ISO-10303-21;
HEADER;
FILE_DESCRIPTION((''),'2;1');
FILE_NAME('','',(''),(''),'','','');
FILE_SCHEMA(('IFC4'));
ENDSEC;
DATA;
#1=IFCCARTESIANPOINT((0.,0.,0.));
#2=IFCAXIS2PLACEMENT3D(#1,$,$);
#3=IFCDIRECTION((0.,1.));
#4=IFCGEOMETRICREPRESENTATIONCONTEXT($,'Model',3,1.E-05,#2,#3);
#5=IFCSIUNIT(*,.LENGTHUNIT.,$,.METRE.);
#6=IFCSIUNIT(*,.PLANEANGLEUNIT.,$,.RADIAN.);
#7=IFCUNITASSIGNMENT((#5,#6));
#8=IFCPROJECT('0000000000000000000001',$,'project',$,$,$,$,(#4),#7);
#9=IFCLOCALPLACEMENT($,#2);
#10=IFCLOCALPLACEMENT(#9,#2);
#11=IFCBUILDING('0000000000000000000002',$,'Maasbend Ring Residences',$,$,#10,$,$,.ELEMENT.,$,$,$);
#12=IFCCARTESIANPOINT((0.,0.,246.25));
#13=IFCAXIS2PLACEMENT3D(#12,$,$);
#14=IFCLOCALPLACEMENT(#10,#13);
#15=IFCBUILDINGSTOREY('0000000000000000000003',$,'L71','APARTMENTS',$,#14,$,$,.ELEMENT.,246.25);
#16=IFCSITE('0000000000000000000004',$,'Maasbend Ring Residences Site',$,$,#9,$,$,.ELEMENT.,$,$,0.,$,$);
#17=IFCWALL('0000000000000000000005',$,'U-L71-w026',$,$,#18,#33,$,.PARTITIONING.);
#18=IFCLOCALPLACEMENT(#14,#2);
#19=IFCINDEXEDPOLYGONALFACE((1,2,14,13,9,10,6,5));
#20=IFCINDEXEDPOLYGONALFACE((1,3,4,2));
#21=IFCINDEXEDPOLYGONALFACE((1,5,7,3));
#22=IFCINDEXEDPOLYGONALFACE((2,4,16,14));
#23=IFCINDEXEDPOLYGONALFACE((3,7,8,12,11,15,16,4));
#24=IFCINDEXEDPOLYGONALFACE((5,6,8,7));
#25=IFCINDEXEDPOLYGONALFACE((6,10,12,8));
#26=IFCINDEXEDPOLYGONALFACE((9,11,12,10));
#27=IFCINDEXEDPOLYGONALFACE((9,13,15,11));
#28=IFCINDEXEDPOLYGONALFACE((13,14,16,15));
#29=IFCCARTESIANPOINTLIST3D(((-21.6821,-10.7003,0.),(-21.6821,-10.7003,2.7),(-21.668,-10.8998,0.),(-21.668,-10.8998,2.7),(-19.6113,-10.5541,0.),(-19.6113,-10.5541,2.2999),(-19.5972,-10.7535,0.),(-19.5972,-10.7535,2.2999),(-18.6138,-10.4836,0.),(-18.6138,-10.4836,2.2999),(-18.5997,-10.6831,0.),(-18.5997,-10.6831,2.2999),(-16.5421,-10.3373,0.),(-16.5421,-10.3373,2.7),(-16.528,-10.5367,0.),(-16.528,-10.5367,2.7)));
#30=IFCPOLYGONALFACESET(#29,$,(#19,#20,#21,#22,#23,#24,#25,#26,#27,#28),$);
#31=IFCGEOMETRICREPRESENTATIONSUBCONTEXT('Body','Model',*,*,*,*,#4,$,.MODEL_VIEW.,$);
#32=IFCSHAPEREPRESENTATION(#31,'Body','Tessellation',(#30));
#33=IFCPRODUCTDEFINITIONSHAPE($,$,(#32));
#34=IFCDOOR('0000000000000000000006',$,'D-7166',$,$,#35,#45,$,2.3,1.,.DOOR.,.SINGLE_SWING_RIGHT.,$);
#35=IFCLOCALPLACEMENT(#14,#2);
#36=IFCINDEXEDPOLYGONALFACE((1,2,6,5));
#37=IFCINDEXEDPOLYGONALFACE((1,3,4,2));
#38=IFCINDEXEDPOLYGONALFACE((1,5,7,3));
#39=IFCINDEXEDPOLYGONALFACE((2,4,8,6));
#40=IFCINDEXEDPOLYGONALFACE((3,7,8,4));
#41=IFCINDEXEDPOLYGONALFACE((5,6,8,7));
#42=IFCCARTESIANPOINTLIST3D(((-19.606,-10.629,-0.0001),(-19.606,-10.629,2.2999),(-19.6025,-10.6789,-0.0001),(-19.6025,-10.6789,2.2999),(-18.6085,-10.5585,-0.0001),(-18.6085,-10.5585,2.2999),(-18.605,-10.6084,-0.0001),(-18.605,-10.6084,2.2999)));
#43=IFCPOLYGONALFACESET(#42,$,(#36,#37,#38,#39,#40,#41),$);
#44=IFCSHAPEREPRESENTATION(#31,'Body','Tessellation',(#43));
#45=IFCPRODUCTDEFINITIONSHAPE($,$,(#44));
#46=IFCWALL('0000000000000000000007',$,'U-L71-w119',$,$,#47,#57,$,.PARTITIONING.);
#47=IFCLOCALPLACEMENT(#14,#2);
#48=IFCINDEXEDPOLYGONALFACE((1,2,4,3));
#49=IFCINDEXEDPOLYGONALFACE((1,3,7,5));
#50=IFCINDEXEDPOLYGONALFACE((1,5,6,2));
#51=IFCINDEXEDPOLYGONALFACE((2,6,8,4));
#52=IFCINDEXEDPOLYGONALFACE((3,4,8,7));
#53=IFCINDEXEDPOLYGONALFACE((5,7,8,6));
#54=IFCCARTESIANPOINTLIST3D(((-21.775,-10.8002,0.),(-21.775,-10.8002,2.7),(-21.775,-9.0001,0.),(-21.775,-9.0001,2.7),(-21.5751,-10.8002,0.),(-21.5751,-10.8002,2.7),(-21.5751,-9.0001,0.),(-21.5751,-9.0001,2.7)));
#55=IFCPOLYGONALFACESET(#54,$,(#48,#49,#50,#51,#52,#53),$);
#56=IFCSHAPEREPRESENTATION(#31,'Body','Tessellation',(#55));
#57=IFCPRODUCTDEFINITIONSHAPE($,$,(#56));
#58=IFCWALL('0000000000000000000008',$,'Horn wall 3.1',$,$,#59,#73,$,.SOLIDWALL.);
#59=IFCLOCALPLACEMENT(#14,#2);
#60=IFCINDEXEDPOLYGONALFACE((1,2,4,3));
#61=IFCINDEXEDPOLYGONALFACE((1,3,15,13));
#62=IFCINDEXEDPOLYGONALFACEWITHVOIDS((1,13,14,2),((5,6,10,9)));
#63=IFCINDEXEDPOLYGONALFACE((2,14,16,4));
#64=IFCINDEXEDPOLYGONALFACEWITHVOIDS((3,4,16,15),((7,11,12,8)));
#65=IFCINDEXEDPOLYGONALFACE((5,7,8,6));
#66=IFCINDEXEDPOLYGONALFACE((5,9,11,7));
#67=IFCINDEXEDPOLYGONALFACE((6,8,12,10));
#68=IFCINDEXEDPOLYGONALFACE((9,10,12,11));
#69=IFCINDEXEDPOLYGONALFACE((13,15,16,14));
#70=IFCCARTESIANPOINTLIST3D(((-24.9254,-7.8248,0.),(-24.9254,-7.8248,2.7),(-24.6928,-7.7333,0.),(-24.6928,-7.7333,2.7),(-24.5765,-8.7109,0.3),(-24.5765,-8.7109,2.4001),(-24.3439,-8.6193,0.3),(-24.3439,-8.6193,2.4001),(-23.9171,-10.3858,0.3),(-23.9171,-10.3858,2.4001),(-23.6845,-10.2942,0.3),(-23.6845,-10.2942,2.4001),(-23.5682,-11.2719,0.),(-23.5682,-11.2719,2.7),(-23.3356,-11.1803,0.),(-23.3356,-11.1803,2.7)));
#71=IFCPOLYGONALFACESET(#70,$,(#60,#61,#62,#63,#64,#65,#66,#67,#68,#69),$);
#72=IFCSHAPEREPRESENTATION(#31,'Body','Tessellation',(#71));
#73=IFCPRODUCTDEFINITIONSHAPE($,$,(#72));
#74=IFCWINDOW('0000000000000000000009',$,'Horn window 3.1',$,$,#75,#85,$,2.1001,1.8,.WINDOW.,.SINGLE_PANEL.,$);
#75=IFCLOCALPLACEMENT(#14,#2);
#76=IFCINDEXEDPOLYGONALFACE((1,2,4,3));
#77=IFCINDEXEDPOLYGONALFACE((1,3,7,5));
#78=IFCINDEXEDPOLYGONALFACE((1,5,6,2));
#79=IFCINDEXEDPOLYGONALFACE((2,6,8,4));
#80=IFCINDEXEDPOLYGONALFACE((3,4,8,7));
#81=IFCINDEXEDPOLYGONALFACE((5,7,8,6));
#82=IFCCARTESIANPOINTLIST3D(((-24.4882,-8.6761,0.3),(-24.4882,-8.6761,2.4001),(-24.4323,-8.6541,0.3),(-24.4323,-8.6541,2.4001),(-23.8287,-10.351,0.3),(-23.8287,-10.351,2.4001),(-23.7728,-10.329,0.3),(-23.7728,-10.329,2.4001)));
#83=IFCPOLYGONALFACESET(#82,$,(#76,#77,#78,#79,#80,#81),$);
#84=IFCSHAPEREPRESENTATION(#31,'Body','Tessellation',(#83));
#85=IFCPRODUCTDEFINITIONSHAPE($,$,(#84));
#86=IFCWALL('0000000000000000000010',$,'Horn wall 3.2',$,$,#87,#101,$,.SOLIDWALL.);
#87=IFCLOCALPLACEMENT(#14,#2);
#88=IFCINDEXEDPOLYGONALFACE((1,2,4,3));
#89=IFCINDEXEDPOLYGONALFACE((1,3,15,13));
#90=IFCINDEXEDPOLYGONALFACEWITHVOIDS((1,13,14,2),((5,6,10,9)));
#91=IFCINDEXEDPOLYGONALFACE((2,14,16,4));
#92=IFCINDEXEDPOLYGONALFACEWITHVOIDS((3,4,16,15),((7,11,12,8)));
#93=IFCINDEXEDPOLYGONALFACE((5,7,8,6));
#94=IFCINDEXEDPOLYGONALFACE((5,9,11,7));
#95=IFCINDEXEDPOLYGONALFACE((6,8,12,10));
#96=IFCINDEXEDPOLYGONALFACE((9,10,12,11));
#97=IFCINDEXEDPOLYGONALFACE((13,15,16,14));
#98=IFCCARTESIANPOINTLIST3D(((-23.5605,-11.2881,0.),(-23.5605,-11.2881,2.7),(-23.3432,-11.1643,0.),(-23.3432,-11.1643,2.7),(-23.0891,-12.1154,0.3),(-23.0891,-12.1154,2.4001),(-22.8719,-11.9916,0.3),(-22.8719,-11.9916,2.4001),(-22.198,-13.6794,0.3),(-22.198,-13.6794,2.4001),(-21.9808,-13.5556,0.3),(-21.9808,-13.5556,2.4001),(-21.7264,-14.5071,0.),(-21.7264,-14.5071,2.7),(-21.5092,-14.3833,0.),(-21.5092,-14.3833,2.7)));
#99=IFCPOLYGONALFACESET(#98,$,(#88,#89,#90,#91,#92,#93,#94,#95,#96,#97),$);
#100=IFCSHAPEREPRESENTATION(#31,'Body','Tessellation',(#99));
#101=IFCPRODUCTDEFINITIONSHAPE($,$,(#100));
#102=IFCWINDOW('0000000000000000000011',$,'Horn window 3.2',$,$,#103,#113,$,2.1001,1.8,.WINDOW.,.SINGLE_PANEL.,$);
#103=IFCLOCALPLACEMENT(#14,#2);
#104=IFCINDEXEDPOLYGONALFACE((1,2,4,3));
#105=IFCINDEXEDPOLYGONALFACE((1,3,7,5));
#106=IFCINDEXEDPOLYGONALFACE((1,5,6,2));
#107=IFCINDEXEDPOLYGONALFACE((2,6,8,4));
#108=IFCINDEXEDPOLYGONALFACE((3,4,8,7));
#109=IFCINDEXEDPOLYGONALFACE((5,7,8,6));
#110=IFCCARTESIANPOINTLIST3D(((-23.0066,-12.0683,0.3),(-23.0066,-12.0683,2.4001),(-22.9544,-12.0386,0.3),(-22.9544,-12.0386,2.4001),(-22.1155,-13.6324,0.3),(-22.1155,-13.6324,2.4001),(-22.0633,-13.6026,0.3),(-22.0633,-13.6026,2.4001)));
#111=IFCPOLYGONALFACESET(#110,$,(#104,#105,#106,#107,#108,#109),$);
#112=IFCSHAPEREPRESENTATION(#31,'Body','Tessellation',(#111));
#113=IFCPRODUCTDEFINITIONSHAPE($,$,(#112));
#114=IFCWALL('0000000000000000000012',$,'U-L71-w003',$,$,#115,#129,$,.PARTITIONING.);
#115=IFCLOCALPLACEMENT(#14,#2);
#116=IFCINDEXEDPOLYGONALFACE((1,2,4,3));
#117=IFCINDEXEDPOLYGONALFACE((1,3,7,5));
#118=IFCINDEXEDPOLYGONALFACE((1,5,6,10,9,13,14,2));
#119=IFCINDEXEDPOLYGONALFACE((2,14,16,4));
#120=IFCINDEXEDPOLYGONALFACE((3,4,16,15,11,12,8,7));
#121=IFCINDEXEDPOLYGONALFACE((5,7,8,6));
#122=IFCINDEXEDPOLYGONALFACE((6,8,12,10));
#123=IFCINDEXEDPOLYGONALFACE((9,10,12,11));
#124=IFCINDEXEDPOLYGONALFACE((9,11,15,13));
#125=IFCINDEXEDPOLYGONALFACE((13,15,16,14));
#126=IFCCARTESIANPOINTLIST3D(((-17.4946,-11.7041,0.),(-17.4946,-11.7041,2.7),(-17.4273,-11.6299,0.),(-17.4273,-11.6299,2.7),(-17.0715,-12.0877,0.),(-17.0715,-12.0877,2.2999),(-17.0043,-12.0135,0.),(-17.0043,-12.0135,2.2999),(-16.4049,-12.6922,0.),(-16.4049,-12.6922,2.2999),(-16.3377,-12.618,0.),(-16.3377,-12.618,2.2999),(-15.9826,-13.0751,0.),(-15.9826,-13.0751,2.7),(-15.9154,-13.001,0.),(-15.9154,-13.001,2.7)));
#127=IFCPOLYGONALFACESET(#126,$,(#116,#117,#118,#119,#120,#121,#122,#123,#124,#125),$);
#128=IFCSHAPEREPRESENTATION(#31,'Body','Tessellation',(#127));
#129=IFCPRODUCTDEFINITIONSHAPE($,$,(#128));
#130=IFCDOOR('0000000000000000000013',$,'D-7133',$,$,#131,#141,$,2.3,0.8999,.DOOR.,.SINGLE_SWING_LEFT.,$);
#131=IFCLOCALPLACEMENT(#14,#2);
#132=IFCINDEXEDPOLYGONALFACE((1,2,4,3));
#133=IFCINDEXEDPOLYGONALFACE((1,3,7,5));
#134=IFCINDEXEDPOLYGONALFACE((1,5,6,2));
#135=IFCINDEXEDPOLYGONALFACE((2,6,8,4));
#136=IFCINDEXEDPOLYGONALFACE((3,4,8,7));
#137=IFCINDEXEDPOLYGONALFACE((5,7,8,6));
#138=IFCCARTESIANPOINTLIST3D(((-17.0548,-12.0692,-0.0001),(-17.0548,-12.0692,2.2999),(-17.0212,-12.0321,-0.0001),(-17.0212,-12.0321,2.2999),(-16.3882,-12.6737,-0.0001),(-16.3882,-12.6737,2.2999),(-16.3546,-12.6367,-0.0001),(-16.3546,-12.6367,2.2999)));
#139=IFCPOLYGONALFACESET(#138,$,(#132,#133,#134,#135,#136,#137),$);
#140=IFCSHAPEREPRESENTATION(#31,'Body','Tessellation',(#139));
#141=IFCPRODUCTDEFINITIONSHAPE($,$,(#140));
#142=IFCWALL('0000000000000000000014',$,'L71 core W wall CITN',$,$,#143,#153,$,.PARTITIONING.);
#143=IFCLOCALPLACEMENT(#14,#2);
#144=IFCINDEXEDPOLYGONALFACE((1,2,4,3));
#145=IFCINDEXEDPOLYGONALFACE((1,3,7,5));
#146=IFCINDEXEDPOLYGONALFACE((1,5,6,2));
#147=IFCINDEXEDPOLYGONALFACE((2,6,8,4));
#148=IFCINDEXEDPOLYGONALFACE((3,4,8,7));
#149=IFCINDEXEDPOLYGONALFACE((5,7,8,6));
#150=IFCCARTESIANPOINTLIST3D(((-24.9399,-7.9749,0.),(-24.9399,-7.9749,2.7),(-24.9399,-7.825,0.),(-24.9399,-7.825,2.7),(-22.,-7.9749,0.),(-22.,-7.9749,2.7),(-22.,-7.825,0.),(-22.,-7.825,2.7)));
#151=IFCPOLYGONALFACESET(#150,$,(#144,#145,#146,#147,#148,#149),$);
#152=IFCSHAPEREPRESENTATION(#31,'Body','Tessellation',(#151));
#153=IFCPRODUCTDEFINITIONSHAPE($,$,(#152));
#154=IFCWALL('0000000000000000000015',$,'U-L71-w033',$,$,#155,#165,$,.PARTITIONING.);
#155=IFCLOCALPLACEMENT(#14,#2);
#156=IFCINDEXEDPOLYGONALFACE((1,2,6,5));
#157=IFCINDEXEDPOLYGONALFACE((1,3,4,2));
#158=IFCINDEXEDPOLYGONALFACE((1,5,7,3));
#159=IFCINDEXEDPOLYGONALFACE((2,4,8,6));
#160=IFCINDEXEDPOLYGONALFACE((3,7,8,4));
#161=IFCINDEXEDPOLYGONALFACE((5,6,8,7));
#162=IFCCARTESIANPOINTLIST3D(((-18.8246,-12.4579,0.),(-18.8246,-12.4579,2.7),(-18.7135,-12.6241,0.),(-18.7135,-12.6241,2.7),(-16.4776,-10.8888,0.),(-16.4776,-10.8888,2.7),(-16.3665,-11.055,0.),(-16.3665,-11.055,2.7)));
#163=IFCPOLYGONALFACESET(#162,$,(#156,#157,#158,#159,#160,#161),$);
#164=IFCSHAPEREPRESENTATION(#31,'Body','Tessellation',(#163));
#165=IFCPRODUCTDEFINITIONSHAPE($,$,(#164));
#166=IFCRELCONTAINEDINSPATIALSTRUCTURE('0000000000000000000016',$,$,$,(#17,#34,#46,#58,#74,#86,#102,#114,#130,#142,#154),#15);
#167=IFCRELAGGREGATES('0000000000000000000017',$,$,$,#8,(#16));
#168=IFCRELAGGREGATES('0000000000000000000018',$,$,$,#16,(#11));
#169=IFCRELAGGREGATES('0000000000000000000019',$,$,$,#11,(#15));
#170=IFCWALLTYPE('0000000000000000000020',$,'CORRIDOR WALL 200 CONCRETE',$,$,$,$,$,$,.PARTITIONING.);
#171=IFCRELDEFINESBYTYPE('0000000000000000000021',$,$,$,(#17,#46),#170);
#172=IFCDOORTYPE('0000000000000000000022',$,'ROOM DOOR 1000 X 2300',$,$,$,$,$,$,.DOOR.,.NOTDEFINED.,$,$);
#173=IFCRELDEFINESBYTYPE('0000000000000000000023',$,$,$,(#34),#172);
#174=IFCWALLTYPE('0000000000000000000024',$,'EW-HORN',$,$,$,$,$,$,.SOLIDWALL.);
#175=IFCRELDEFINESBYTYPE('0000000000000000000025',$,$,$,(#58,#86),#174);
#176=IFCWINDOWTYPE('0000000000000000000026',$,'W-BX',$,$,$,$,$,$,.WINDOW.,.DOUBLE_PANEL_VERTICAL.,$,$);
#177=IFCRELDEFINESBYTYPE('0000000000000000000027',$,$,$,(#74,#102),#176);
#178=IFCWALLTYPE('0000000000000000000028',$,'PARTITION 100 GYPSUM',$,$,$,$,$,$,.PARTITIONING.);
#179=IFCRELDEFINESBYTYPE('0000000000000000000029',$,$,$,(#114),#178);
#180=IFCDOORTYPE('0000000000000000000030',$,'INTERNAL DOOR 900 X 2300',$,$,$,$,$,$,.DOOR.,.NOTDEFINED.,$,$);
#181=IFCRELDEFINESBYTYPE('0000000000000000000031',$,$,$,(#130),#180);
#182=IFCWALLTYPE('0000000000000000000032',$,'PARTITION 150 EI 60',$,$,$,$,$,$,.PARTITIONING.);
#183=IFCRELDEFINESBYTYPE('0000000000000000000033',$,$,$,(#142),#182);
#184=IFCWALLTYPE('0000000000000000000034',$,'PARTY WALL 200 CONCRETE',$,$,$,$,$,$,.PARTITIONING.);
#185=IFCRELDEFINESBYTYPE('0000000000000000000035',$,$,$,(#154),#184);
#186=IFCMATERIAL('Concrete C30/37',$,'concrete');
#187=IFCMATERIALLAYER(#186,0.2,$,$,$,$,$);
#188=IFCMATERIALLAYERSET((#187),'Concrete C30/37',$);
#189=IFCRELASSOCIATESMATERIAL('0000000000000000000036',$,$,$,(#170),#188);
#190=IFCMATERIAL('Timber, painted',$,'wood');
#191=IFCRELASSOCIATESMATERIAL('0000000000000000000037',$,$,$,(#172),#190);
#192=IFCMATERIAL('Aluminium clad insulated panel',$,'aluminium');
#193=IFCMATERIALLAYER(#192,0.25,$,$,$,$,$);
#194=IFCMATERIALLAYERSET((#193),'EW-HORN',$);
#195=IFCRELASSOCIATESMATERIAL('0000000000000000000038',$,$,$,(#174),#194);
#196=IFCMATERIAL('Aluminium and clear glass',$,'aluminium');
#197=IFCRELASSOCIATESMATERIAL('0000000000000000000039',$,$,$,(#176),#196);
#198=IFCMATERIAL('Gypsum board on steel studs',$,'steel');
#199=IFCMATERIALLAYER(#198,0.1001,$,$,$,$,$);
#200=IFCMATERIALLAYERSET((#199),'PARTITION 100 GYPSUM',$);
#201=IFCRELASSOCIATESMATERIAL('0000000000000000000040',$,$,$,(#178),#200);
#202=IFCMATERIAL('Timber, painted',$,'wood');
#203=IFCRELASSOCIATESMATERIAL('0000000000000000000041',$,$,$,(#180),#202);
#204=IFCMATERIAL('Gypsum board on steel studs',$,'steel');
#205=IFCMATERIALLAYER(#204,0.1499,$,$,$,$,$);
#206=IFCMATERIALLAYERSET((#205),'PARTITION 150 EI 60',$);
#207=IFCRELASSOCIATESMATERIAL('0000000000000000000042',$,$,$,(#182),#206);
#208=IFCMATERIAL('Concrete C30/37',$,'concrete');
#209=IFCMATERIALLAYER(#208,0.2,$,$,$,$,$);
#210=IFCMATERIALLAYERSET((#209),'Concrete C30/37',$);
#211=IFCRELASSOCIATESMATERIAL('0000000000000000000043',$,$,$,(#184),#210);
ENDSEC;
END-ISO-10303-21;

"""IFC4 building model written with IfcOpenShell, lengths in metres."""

from ifc_helpers import new_model, si_unit, direction, frame, frame_2d, origin, place, context, subcontext, project, spatial, rectangle, extrude, material, layer, layer_set, type_object, element, fill, save


model = new_model("IFC4")

# Units and contexts
model_context = context("Model", 3, precision=1e-05, world=origin(), true_north=direction((0.0, 1.0)))
body_context = subcontext(model_context, "Body", "Model", "MODEL_VIEW")
ifc_project = project(units=[si_unit("LENGTHUNIT", "METRE"), si_unit("PLANEANGLEUNIT", "RADIAN")], contexts=[model_context])

# Site, building, storey
site_placement = place(None, origin())
site = spatial("IfcSite", under=ifc_project, at=site_placement, Name="Maasbend Ring Residences Site", CompositionType="ELEMENT", RefElevation=0.0)
building_placement = place(site_placement, origin())
building = spatial("IfcBuilding", under=site, at=building_placement, Name="Maasbend Ring Residences", CompositionType="ELEMENT")
storey_placement = place(building_placement, frame((0.0, 0.0, 246.25)))
storey = spatial("IfcBuildingStorey", under=building, at=storey_placement, Name="L71", Description="APARTMENTS", CompositionType="ELEMENT", Elevation=246.25)

# Shared definitions
ifc_material_1 = material(Name="Concrete C30/37", Category="concrete")
ifc_layer_1 = layer(ifc_material_1, 0.2)
ifc_layer_set_1 = layer_set([ifc_layer_1], Name="Concrete C30/37")
wall_type_1 = type_object("IfcWallType", Name="CORRIDOR WALL 200 CONCRETE", PredefinedType="PARTITIONING", material=ifc_layer_set_1)

# Wall, opening, door
wall_1_placement = place(storey_placement, frame((-21.675, -10.8, 0.0), z_axis=(0.0, 0.0, 1.0), x_axis=(0.997515, 0.070452, 0.0)))
wall_1 = element("IfcWall", 1, at=wall_1_placement, inside=storey, type_object=wall_type_1, Name="U-L71-w026", PredefinedType="PARTITIONING", context=body_context, shape_type="SweptSolid", body=[
    extrude(rectangle(XDim=5.1528, YDim=0.2, at=frame_2d((2.5764, 0.0))), origin(), (0.0, 0.0, 1.0), 2.7),
])
opening_1_placement = place(wall_1_placement, frame((2.0759, 0.0, 0.0)))
opening_1 = element("IfcOpeningElement", 2, at=opening_1_placement, cuts=wall_1, PredefinedType="OPENING", context=body_context, shape_type="SweptSolid", body=[
    extrude(rectangle(XDim=1.0, YDim=2.3, at=frame_2d((0.5, 1.1499))), frame((0.0, 0.1099, 0.0), z_axis=(0.0, -1.0, 0.0), x_axis=(1.0, 0.0, 0.0)), (0.0, 0.0, 1.0), 0.22),
])
ifc_material_2 = material(Name="Timber, painted", Category="wood")
door_type_1 = type_object("IfcDoorType", Name="ROOM DOOR 1000 X 2300", OperationType="NOTDEFINED", PredefinedType="DOOR", material=ifc_material_2)
door_1_placement = place(opening_1_placement, origin())
door_1 = element("IfcDoor", 3, at=door_1_placement, inside=storey, type_object=door_type_1, Name="D-7166", OperationType="SINGLE_SWING_RIGHT", OverallHeight=2.3, OverallWidth=1.0, PredefinedType="DOOR", context=body_context, shape_type="SweptSolid", body=[
    extrude(rectangle(XDim=1.0, YDim=2.3, at=frame_2d((0.5, 1.1499))), frame((0.0, 0.0249, 0.0), z_axis=(0.0, -1.0, 0.0), x_axis=(1.0, 0.0, 0.0)), (0.0, 0.0, 1.0), 0.05),
])
fill(opening_1, door_1)

# Wall
wall_2_placement = place(storey_placement, frame((-21.675, -10.8, 0.0), z_axis=(0.0, 0.0, 1.0), x_axis=(0.0, 1.0, 0.0)))
element("IfcWall", 4, at=wall_2_placement, inside=storey, type_object=wall_type_1, Name="U-L71-w119", PredefinedType="PARTITIONING", context=body_context, shape_type="SweptSolid", body=[
    extrude(rectangle(XDim=1.8, YDim=0.2, at=frame_2d((0.8999, 0.0))), origin(), (0.0, 0.0, 1.0), 2.7),
])

# Walls, openings, windows
ifc_material_3 = material(Name="Aluminium clad insulated panel", Category="aluminium")
ifc_layer_2 = layer(ifc_material_3, 0.25)
ifc_layer_set_2 = layer_set([ifc_layer_2], Name="EW-HORN")
wall_type_2 = type_object("IfcWallType", Name="EW-HORN", PredefinedType="SOLIDWALL", material=ifc_layer_set_2)
wall_3_placement = place(storey_placement, frame((-24.8091, -7.7791, 0.0), z_axis=(0.0, 0.0, 1.0), x_axis=(0.366352, -0.930476, 0.0)))
wall_3 = element("IfcWall", 5, at=wall_3_placement, inside=storey, type_object=wall_type_2, Name="Horn wall 3.1", PredefinedType="SOLIDWALL", context=body_context, shape_type="SweptSolid", body=[
    extrude(rectangle(XDim=3.7046, YDim=0.25, at=frame_2d((1.8523, 0.0))), origin(), (0.0, 0.0, 1.0), 2.7),
])
opening_2_placement = place(wall_3_placement, frame((0.9524, 0.0, 0.3)))
opening_2 = element("IfcOpeningElement", 6, at=opening_2_placement, cuts=wall_3, PredefinedType="OPENING", context=body_context, shape_type="SweptSolid", body=[
    extrude(rectangle(XDim=1.8, YDim=2.1001, at=frame_2d((0.8999, 1.05))), frame((0.0, 0.135, 0.0), z_axis=(0.0, -1.0, 0.0), x_axis=(1.0, 0.0, 0.0)), (0.0, 0.0, 1.0), 0.27),
])
ifc_material_4 = material(Name="Aluminium and clear glass", Category="aluminium")
window_type = type_object("IfcWindowType", Name="W-BX", PartitioningType="DOUBLE_PANEL_VERTICAL", PredefinedType="WINDOW", material=ifc_material_4)
window_1_placement = place(opening_2_placement, origin())
window_1 = element("IfcWindow", 7, at=window_1_placement, inside=storey, type_object=window_type, Name="Horn window 3.1", OverallHeight=2.1001, OverallWidth=1.8, PartitioningType="SINGLE_PANEL", PredefinedType="WINDOW", context=body_context, shape_type="SweptSolid", body=[
    extrude(rectangle(XDim=1.8, YDim=2.1001, at=frame_2d((0.8999, 1.05))), frame((0.0, 0.03, 0.0), z_axis=(0.0, -1.0, 0.0), x_axis=(1.0, 0.0, 0.0)), (0.0, 0.0, 1.0), 0.0601),
])
fill(opening_2, window_1)
wall_4_placement = place(storey_placement, frame((-23.4519, -11.2261, 0.0), z_axis=(0.0, 0.0, 1.0), x_axis=(0.495031, -0.868875, 0.0)))
wall_4 = element("IfcWall", 8, at=wall_4_placement, inside=storey, type_object=wall_type_2, Name="Horn wall 3.2", PredefinedType="SOLIDWALL", context=body_context, shape_type="SweptSolid", body=[
    extrude(rectangle(XDim=3.7048, YDim=0.25, at=frame_2d((1.8525, 0.0))), origin(), (0.0, 0.0, 1.0), 2.7),
])
opening_3_placement = place(wall_4_placement, frame((0.9524, 0.0, 0.3)))
opening_3 = element("IfcOpeningElement", 9, at=opening_3_placement, cuts=wall_4, PredefinedType="OPENING", context=body_context, shape_type="SweptSolid", body=[
    extrude(rectangle(XDim=1.8, YDim=2.1001, at=frame_2d((0.8999, 1.05))), frame((0.0, 0.135, 0.0), z_axis=(0.0, -1.0, 0.0), x_axis=(1.0, 0.0, 0.0)), (0.0, 0.0, 1.0), 0.27),
])
window_2_placement = place(opening_3_placement, origin())
window_2 = element("IfcWindow", 10, at=window_2_placement, inside=storey, type_object=window_type, Name="Horn window 3.2", OverallHeight=2.1001, OverallWidth=1.8, PartitioningType="SINGLE_PANEL", PredefinedType="WINDOW", context=body_context, shape_type="SweptSolid", body=[
    extrude(rectangle(XDim=1.8, YDim=2.1001, at=frame_2d((0.8999, 1.05))), frame((0.0, 0.03, 0.0), z_axis=(0.0, -1.0, 0.0), x_axis=(1.0, 0.0, 0.0)), (0.0, 0.0, 1.0), 0.0601),
])
fill(opening_3, window_2)

# Wall, opening, door
ifc_material_5 = material(Name="Gypsum board on steel studs", Category="steel")
ifc_layer_3 = layer(ifc_material_5, 0.1001)
ifc_layer_set_3 = layer_set([ifc_layer_3], Name="PARTITION 100 GYPSUM")
wall_type_3 = type_object("IfcWallType", Name="PARTITION 100 GYPSUM", PredefinedType="PARTITIONING", material=ifc_layer_set_3)
wall_5_placement = place(storey_placement, frame((-17.4609, -11.667, 0.0), z_axis=(0.0, 0.0, 1.0), x_axis=(0.740773, -0.671755, 0.0)))
wall_5 = element("IfcWall", 11, at=wall_5_placement, inside=storey, type_object=wall_type_3, Name="U-L71-w003", PredefinedType="PARTITIONING", context=body_context, shape_type="SweptSolid", body=[
    extrude(rectangle(XDim=2.041, YDim=0.1001, at=frame_2d((1.0205, 0.0))), origin(), (0.0, 0.0, 1.0), 2.7),
])
opening_4_placement = place(wall_5_placement, frame((0.571, 0.0, 0.0)))
opening_4 = element("IfcOpeningElement", 12, at=opening_4_placement, cuts=wall_5, PredefinedType="OPENING", context=body_context, shape_type="SweptSolid", body=[
    extrude(rectangle(XDim=0.8999, YDim=2.3, at=frame_2d((0.45, 1.1499))), frame((0.0, 0.0601, 0.0), z_axis=(0.0, -1.0, 0.0), x_axis=(1.0, 0.0, 0.0)), (0.0, 0.0, 1.0), 0.1201),
])
ifc_material_6 = material(Name="Timber, painted", Category="wood")
door_type_2 = type_object("IfcDoorType", Name="INTERNAL DOOR 900 X 2300", OperationType="NOTDEFINED", PredefinedType="DOOR", material=ifc_material_6)
door_2_placement = place(opening_4_placement, origin())
door_2 = element("IfcDoor", 13, at=door_2_placement, inside=storey, type_object=door_type_2, Name="D-7133", OperationType="SINGLE_SWING_LEFT", OverallHeight=2.3, OverallWidth=0.8999, PredefinedType="DOOR", context=body_context, shape_type="SweptSolid", body=[
    extrude(rectangle(XDim=0.8999, YDim=2.3, at=frame_2d((0.45, 1.1499))), frame((0.0, 0.0249, 0.0), z_axis=(0.0, -1.0, 0.0), x_axis=(1.0, 0.0, 0.0)), (0.0, 0.0, 1.0), 0.05),
])
fill(opening_4, door_2)

# Walls
ifc_material_7 = material(Name="Gypsum board on steel studs", Category="steel")
ifc_layer_4 = layer(ifc_material_7, 0.1499)
ifc_layer_set_4 = layer_set([ifc_layer_4], Name="PARTITION 150 EI 60")
wall_type_4 = type_object("IfcWallType", Name="PARTITION 150 EI 60", PredefinedType="PARTITIONING", material=ifc_layer_set_4)
wall_6_placement = place(storey_placement, frame((-22.0, -7.8999, 0.0), z_axis=(0.0, 0.0, 1.0), x_axis=(-1.0, 0.0, 0.0)))
element("IfcWall", 14, at=wall_6_placement, inside=storey, type_object=wall_type_4, Name="L71 core W wall CITN", PredefinedType="PARTITIONING", context=body_context, shape_type="SweptSolid", body=[
    extrude(rectangle(XDim=2.9399, YDim=0.1499, at=frame_2d((1.47, 0.0))), origin(), (0.0, 0.0, 1.0), 2.7),
])
ifc_material_8 = material(Name="Concrete C30/37", Category="concrete")
ifc_layer_5 = layer(ifc_material_8, 0.2)
ifc_layer_set_5 = layer_set([ifc_layer_5], Name="Concrete C30/37")
wall_type_5 = type_object("IfcWallType", Name="PARTY WALL 200 CONCRETE", PredefinedType="PARTITIONING", material=ifc_layer_set_5)
wall_7_placement = place(storey_placement, frame((-18.769, -12.541, 0.0), z_axis=(0.0, 0.0, 1.0), x_axis=(0.831318, 0.555797, 0.0)))
element("IfcWall", 15, at=wall_7_placement, inside=storey, type_object=wall_type_5, Name="U-L71-w033", PredefinedType="PARTITIONING", context=body_context, shape_type="SweptSolid", body=[
    extrude(rectangle(XDim=2.8232, YDim=0.2, at=frame_2d((1.4116, 0.0))), origin(), (0.0, 0.0, 1.0), 2.7),
])

save(model, "model.ifc")
